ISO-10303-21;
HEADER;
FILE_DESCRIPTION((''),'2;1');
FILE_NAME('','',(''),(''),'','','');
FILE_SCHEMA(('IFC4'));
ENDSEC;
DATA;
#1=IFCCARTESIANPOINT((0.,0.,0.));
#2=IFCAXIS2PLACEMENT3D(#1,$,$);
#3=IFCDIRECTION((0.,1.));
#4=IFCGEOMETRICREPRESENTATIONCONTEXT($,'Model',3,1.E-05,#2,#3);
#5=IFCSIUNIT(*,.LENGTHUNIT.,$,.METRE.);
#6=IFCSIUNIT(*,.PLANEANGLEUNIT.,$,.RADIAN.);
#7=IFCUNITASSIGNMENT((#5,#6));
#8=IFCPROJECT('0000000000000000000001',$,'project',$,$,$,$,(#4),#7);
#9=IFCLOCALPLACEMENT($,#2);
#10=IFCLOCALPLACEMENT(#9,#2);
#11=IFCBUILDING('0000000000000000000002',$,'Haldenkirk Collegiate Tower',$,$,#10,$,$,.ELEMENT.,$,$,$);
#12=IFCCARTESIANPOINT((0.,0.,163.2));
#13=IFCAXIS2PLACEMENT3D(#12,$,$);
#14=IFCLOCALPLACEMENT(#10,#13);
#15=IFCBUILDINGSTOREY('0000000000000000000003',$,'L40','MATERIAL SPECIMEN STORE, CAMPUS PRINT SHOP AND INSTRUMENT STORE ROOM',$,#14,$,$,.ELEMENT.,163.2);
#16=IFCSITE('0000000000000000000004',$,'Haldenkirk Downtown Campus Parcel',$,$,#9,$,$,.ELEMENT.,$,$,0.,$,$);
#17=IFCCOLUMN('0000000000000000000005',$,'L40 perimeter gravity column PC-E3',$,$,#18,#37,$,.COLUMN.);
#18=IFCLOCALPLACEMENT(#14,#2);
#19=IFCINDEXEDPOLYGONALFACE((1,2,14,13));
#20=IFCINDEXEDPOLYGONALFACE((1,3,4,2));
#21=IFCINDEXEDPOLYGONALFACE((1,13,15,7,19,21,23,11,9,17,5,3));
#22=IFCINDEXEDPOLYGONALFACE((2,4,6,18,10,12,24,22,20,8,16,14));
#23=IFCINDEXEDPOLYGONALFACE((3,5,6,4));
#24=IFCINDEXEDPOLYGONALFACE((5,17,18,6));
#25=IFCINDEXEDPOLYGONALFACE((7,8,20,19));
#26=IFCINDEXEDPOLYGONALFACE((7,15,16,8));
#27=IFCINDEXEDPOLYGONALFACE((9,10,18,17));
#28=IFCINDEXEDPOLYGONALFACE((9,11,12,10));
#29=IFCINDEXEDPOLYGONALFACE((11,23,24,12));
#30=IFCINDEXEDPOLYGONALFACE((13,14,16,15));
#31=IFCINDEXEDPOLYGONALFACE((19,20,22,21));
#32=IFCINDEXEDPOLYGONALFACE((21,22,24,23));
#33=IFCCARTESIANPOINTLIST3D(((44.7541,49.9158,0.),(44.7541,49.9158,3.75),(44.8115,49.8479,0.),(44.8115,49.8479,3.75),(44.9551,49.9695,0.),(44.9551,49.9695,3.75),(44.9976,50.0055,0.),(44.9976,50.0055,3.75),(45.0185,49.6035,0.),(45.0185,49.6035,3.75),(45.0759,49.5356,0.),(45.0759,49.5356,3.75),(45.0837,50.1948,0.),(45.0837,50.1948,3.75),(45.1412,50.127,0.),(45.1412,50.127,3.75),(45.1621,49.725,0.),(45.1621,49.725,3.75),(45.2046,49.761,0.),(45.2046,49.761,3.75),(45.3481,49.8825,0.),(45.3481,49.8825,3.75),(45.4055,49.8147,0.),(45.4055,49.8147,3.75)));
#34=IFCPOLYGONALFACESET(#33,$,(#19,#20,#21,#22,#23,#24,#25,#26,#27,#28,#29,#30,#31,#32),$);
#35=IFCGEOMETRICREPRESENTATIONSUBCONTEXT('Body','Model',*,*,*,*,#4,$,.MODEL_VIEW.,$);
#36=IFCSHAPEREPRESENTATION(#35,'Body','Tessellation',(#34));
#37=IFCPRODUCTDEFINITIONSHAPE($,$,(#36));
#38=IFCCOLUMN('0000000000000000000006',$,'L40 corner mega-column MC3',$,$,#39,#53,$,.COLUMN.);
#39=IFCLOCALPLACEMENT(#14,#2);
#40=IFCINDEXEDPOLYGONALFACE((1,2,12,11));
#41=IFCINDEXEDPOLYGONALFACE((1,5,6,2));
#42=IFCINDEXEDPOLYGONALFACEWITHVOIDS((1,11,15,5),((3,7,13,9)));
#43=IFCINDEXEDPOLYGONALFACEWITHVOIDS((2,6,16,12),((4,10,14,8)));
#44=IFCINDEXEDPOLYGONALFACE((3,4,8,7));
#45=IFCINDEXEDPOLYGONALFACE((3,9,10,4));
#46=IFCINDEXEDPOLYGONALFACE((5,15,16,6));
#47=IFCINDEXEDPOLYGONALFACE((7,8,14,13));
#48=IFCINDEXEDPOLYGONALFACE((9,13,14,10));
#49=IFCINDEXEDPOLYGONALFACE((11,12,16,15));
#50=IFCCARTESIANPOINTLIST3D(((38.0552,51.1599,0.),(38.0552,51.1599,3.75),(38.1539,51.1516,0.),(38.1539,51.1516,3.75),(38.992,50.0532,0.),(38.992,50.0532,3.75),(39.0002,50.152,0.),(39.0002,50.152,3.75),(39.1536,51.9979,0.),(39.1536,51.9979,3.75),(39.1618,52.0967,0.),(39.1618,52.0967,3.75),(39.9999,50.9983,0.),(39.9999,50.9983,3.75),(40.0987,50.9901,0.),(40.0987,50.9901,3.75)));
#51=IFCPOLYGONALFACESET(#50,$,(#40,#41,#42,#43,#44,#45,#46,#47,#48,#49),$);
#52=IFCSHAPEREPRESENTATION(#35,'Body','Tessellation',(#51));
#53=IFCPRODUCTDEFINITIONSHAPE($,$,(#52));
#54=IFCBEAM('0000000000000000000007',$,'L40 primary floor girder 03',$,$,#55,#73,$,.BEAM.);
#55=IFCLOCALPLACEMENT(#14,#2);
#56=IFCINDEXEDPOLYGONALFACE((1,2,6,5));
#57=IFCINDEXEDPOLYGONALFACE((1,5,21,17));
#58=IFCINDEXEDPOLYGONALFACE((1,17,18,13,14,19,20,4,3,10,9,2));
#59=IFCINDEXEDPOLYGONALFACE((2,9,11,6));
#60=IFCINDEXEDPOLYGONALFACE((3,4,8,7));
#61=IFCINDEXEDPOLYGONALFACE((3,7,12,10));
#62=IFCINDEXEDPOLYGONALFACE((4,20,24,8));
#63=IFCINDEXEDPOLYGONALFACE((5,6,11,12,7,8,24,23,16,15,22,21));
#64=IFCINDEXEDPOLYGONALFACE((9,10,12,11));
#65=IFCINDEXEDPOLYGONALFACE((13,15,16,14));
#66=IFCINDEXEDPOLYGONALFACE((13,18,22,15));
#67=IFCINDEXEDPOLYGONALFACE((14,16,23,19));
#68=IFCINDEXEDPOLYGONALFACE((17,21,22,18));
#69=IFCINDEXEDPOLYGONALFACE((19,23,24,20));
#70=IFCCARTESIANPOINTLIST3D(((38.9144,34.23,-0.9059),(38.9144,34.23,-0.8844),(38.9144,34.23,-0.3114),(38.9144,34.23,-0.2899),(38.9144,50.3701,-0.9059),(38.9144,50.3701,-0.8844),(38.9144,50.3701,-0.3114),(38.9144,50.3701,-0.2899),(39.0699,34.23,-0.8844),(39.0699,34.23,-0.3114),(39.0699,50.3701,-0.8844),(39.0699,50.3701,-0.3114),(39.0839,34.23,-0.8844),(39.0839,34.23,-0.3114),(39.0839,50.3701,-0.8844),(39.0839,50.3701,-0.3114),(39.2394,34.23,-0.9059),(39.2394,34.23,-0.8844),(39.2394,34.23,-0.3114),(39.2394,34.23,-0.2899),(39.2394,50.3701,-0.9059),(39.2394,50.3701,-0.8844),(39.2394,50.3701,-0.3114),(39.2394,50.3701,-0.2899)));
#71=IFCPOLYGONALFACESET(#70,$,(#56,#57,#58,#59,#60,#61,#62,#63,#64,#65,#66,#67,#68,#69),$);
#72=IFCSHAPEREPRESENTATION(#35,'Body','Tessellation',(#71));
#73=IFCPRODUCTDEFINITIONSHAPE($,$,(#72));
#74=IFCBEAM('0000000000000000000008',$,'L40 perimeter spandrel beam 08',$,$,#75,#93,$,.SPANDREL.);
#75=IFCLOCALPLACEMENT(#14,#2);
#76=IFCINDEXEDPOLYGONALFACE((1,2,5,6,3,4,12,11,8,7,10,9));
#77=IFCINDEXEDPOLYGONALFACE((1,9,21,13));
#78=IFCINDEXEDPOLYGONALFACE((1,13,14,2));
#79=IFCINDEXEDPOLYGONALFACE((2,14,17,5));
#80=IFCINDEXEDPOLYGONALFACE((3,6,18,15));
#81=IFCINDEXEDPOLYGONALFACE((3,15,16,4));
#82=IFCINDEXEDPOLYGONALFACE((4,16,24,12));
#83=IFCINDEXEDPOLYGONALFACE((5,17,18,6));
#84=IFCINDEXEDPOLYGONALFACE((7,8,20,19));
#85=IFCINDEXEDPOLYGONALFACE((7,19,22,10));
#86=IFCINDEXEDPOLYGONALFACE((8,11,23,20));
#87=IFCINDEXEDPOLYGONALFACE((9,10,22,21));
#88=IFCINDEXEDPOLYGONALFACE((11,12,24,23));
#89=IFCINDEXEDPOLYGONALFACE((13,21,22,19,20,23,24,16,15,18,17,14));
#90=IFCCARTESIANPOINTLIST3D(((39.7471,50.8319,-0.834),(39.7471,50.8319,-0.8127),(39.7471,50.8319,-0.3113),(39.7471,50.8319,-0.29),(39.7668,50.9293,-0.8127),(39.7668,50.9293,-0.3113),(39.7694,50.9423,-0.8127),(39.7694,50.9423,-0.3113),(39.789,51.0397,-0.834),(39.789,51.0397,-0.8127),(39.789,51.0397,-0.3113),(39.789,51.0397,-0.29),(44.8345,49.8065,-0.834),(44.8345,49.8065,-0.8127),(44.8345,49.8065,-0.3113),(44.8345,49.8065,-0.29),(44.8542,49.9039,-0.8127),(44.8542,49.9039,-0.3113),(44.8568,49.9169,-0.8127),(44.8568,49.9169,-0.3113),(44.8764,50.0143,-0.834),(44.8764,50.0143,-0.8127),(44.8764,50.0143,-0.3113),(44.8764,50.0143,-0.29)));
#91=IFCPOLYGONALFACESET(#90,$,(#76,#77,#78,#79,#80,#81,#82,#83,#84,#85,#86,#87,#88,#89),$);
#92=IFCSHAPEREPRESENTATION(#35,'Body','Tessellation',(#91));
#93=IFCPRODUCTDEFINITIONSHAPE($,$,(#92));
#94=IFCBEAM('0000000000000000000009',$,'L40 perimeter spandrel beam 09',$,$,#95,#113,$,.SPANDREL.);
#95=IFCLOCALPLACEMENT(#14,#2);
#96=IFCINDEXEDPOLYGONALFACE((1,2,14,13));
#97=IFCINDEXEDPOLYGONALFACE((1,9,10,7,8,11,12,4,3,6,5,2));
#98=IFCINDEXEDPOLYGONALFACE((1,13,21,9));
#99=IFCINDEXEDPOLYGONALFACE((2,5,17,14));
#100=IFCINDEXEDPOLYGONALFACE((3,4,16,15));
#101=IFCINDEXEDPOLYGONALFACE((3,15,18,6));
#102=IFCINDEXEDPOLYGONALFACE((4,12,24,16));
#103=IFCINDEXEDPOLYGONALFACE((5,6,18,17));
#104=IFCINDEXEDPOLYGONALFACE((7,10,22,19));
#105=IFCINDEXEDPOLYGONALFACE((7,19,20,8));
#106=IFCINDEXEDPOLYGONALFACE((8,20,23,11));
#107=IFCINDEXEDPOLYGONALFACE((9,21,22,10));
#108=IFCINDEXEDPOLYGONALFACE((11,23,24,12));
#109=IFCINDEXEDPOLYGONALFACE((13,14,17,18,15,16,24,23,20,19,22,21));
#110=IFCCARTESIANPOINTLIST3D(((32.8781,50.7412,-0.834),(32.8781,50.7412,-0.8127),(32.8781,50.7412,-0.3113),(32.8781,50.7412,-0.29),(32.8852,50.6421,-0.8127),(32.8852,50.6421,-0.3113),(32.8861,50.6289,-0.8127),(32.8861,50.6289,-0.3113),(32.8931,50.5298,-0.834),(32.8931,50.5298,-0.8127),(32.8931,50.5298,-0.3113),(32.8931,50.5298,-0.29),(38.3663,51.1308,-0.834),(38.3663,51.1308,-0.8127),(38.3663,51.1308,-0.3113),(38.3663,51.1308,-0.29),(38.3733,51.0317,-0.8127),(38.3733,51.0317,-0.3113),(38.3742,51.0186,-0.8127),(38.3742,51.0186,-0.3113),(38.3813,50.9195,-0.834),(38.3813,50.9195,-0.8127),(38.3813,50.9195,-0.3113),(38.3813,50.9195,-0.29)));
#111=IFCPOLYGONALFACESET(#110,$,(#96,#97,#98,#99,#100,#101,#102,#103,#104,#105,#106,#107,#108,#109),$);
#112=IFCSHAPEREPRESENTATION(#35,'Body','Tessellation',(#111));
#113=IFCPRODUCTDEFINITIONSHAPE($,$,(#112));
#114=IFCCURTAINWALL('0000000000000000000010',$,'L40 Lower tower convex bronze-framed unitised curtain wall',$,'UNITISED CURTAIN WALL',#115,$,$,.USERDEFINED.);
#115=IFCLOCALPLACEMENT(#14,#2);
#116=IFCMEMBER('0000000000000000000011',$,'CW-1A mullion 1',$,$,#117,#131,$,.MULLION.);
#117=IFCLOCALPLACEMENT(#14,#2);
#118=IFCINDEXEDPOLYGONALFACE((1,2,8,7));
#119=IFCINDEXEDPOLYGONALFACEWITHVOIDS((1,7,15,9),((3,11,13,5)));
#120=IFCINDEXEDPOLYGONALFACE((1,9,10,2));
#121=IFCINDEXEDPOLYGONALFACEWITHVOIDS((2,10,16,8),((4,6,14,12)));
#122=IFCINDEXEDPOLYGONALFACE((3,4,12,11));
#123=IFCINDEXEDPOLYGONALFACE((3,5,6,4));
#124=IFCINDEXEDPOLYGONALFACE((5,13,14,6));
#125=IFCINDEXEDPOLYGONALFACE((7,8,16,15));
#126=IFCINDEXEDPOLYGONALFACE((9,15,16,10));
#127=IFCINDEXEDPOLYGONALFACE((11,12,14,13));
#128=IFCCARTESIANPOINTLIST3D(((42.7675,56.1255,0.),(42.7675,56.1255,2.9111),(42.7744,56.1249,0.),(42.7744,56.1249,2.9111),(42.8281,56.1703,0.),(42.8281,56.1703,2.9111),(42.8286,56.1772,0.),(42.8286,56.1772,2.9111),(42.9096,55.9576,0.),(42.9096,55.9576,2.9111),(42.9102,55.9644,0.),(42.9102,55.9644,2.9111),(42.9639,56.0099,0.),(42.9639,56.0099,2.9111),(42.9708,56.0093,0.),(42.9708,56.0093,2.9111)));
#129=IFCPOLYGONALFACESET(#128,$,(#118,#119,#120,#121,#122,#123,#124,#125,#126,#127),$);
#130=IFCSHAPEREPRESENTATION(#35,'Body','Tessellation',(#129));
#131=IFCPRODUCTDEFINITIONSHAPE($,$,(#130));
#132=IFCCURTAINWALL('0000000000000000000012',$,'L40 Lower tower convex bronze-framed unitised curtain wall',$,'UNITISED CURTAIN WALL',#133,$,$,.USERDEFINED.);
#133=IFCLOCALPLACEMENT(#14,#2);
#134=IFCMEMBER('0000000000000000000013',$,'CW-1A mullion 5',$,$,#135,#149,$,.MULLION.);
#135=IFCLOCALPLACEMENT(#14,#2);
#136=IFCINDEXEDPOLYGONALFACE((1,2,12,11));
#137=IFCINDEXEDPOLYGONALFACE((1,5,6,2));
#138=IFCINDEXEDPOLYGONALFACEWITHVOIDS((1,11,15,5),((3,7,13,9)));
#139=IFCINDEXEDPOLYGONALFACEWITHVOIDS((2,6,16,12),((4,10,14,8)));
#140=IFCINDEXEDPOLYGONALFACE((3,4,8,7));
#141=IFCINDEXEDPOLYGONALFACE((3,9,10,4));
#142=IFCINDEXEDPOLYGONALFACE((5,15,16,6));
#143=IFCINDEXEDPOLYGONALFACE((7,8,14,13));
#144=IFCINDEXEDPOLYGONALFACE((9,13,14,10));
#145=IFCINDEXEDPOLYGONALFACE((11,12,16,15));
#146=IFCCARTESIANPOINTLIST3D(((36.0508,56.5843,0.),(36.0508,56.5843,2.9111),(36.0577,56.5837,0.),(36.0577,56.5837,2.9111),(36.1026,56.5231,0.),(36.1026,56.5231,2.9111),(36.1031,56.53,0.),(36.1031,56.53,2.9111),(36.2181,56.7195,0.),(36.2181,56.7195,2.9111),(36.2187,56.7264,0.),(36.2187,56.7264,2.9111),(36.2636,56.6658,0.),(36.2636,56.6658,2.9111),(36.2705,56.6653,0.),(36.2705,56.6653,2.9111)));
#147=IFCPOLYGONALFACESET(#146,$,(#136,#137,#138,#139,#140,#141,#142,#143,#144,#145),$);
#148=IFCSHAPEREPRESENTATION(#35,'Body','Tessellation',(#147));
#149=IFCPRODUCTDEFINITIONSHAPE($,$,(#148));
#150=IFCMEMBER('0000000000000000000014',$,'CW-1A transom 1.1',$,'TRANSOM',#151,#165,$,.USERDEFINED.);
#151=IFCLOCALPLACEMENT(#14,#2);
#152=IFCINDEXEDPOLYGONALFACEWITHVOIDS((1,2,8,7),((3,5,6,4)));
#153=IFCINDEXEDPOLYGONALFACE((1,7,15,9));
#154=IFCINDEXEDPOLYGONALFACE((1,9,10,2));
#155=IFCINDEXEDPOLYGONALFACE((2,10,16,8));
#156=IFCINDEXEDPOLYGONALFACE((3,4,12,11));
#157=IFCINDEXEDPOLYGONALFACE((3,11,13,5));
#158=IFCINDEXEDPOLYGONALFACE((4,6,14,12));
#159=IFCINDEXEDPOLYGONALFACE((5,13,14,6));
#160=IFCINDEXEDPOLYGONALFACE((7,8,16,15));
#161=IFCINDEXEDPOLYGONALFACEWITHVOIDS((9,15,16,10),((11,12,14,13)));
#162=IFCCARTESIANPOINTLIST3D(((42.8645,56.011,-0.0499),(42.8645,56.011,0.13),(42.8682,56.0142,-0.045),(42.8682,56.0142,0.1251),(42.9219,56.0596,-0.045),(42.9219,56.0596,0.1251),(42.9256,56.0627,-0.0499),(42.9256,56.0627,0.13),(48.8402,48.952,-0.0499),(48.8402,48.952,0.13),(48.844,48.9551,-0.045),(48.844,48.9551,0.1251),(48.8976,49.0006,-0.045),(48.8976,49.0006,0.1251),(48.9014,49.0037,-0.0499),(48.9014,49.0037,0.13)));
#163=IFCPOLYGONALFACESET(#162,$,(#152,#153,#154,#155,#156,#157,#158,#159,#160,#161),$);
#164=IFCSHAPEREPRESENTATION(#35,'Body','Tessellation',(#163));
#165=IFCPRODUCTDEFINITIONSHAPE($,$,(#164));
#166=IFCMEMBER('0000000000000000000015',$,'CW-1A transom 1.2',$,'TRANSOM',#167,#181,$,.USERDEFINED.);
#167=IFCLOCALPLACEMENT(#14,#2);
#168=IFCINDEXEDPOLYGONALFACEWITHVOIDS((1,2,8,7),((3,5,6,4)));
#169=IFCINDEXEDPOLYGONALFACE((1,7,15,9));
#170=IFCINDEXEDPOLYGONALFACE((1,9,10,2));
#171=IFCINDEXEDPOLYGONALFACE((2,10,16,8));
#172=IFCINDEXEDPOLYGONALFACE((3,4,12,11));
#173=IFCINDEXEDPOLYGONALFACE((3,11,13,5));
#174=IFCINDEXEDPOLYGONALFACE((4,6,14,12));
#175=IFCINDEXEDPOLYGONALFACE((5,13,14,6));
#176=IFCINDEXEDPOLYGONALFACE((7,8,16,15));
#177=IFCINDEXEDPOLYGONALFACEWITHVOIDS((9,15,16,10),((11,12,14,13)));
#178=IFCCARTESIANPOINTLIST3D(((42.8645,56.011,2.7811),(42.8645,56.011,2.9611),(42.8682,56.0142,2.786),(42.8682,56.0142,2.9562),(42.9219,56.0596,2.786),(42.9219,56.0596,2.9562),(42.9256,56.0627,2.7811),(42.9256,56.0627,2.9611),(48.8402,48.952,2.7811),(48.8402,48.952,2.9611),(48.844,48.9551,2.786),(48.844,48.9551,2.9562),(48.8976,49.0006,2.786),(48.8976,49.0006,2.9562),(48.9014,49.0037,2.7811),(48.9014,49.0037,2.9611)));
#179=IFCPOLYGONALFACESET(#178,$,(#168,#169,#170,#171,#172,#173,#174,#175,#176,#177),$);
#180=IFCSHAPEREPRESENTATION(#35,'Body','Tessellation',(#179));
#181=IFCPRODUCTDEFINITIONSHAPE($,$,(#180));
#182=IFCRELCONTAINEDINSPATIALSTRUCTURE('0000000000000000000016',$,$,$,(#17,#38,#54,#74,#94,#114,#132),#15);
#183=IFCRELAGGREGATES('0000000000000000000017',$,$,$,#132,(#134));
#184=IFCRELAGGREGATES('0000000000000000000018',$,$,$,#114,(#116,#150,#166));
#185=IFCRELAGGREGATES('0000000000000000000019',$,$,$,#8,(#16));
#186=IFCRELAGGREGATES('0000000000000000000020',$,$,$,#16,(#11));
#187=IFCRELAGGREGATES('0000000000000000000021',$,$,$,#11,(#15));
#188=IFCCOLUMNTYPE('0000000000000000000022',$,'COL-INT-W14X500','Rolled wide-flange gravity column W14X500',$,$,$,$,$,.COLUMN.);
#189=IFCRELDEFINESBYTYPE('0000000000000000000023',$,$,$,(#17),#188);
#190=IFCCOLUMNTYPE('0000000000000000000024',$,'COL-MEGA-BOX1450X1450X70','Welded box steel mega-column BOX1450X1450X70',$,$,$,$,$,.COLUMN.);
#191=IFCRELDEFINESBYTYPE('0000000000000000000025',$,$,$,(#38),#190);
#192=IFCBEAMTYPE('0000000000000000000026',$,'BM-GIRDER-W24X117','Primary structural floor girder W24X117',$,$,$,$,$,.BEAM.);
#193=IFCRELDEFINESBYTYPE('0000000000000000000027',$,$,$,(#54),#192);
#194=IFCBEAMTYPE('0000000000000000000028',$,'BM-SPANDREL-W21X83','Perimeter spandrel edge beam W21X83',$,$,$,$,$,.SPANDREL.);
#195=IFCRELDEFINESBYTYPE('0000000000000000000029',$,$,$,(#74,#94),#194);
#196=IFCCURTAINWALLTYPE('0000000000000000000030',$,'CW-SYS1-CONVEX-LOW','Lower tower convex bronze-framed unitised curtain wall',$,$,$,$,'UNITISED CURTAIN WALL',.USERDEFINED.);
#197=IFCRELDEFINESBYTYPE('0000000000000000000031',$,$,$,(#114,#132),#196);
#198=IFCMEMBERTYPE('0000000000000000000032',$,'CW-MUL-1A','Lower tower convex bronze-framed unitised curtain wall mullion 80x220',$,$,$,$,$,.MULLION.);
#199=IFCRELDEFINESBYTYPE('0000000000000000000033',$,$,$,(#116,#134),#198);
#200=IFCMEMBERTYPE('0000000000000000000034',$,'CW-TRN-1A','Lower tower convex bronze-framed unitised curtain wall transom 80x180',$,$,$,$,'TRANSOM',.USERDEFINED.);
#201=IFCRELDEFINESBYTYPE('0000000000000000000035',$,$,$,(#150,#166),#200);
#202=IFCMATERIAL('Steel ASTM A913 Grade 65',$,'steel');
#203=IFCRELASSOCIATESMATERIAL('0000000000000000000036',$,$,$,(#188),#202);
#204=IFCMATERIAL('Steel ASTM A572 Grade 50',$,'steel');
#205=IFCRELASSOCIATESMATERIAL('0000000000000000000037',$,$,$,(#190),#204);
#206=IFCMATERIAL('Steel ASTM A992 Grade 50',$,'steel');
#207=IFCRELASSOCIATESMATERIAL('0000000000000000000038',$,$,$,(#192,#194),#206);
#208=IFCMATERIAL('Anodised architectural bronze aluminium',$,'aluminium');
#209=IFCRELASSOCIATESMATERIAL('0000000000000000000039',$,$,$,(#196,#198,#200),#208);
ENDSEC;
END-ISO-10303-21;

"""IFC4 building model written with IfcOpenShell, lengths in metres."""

from ifc_helpers import new_model, si_unit, direction, frame, origin, origin_2d, place, context, subcontext, project, spatial, hollow_rectangle, i_section, extrude, material, material_profile, profile_set, type_object, element, aggregate, save


model = new_model("IFC4")

# Units and contexts
model_context = context("Model", 3, precision=1e-05, world=origin(), true_north=direction((0.0, 1.0)))
body_context = subcontext(model_context, "Body", "Model", "MODEL_VIEW")
ifc_project = project(units=[si_unit("LENGTHUNIT", "METRE"), si_unit("PLANEANGLEUNIT", "RADIAN")], contexts=[model_context])

# Site, building, storey
site_placement = place(None, origin())
site = spatial("IfcSite", under=ifc_project, at=site_placement, Name="Haldenkirk Downtown Campus Parcel", CompositionType="ELEMENT", RefElevation=0.0)
building_placement = place(site_placement, origin())
building = spatial("IfcBuilding", under=site, at=building_placement, Name="Haldenkirk Collegiate Tower", CompositionType="ELEMENT")
storey_placement = place(building_placement, frame((0.0, 0.0, 163.2)))
storey = spatial("IfcBuildingStorey", under=building, at=storey_placement, Name="L40", Description="MATERIAL SPECIMEN STORE, CAMPUS PRINT SHOP AND INSTRUMENT STORE ROOM", CompositionType="ELEMENT", Elevation=163.2)

# Columns
ifc_material_1 = material(Name="Steel ASTM A913 Grade 65", Category="steel")
ifc_material_profile_1 = material_profile(ifc_material_1, i_section(OverallWidth=0.4319, OverallDepth=0.498, WebThickness=0.0557, FlangeThickness=0.0889, at=origin_2d()), Name="W14X500")
ifc_profile_set_1 = profile_set([ifc_material_profile_1], Name="Steel ASTM A913 Grade 65")
column_type_1 = type_object("IfcColumnType", Name="COL-INT-W14X500", Description="Rolled wide-flange gravity column W14X500", PredefinedType="COLUMN", material=ifc_profile_set_1)
column_1_placement = place(storey_placement, frame((45.0798, 49.8652, 0.0), z_axis=(0.0, 0.0, 1.0), x_axis=(0.763232, 0.646124, 0.0)))
element("IfcColumn", 1, at=column_1_placement, inside=storey, type_object=column_type_1, Name="L40 perimeter gravity column PC-E3", PredefinedType="COLUMN", context=body_context, shape_type="SweptSolid", body=[
    extrude(i_section(OverallWidth=0.4319, OverallDepth=0.498, WebThickness=0.0557, FlangeThickness=0.0889, at=origin_2d()), origin(), (0.0, 0.0, 1.0), 3.75),
])
ifc_material_2 = material(Name="Steel ASTM A572 Grade 50", Category="steel")
ifc_material_profile_2 = material_profile(ifc_material_2, hollow_rectangle(XDim=1.45, YDim=1.45, WallThickness=0.0701, at=origin_2d()), Name="BOX1450X1450X70")
ifc_profile_set_2 = profile_set([ifc_material_profile_2], Name="Steel ASTM A572 Grade 50")
column_type_2 = type_object("IfcColumnType", Name="COL-MEGA-BOX1450X1450X70", Description="Welded box steel mega-column BOX1450X1450X70", PredefinedType="COLUMN", material=ifc_profile_set_2)
column_2_placement = place(storey_placement, frame((39.0769, 51.075, 0.0), z_axis=(0.0, 0.0, 1.0), x_axis=(0.763232, 0.646124, 0.0)))
element("IfcColumn", 2, at=column_2_placement, inside=storey, type_object=column_type_2, Name="L40 corner mega-column MC3", PredefinedType="COLUMN", context=body_context, shape_type="SweptSolid", body=[
    extrude(hollow_rectangle(XDim=1.45, YDim=1.45, WallThickness=0.0701, at=origin_2d()), origin(), (0.0, 0.0, 1.0), 3.75),
])

# Beams
ifc_material_3 = material(Name="Steel ASTM A992 Grade 50", Category="steel")
ifc_material_profile_3 = material_profile(ifc_material_3, i_section(OverallWidth=0.325, OverallDepth=0.616, WebThickness=0.0139, FlangeThickness=0.0215, at=origin_2d()), Name="W24X117")
ifc_profile_set_3 = profile_set([ifc_material_profile_3], Name="Steel ASTM A992 Grade 50")
beam_type_1 = type_object("IfcBeamType", Name="BM-GIRDER-W24X117", Description="Primary structural floor girder W24X117", PredefinedType="BEAM", material=ifc_profile_set_3)
beam_1_placement = place(storey_placement, frame((39.0769, 50.3701, -0.5979), z_axis=(0.0, -1.0, 0.0), x_axis=(1.0, 0.0, 0.0)))
element("IfcBeam", 3, at=beam_1_placement, inside=storey, type_object=beam_type_1, Name="L40 primary floor girder 03", PredefinedType="BEAM", context=body_context, shape_type="SweptSolid", body=[
    extrude(i_section(OverallWidth=0.325, OverallDepth=0.616, WebThickness=0.0139, FlangeThickness=0.0215, at=origin_2d()), origin(), (0.0, 0.0, 1.0), 16.1401),
])
ifc_material_profile_4 = material_profile(ifc_material_3, i_section(OverallWidth=0.2119, OverallDepth=0.5439, WebThickness=0.0132, FlangeThickness=0.0212, at=origin_2d()), Name="W21X83")
ifc_profile_set_4 = profile_set([ifc_material_profile_4], Name="Steel ASTM A992 Grade 50")
beam_type_2 = type_object("IfcBeamType", Name="BM-SPANDREL-W21X83", Description="Perimeter spandrel edge beam W21X83", PredefinedType="SPANDREL", material=ifc_profile_set_4)
beam_2_placement = place(storey_placement, frame((44.8555, 49.9104, -0.562), z_axis=(-0.980286, 0.197581, 0.0), x_axis=(-0.197581, -0.980286, 0.0)))
element("IfcBeam", 4, at=beam_2_placement, inside=storey, type_object=beam_type_2, Name="L40 perimeter spandrel beam 08", PredefinedType="SPANDREL", context=body_context, shape_type="SweptSolid", body=[
    extrude(i_section(OverallWidth=0.2119, OverallDepth=0.5439, WebThickness=0.0132, FlangeThickness=0.0212, at=origin_2d()), origin(), (0.0, 0.0, 1.0), 5.1897),
])
beam_3_placement = place(storey_placement, frame((38.3738, 51.0251, -0.562), z_axis=(-0.997489, -0.070821, 0.0), x_axis=(0.070821, -0.997489, 0.0)))
element("IfcBeam", 5, at=beam_3_placement, inside=storey, type_object=beam_type_2, Name="L40 perimeter spandrel beam 09", PredefinedType="SPANDREL", context=body_context, shape_type="SweptSolid", body=[
    extrude(i_section(OverallWidth=0.2119, OverallDepth=0.5439, WebThickness=0.0132, FlangeThickness=0.0212, at=origin_2d()), origin(), (0.0, 0.0, 1.0), 5.502),
])

# Curtain walls, members
ifc_material_4 = material(Name="Anodised architectural bronze aluminium", Category="aluminium")
curtain_wall_type = type_object("IfcCurtainWallType", Name="CW-SYS1-CONVEX-LOW", Description="Lower tower convex bronze-framed unitised curtain wall", ElementType="UNITISED CURTAIN WALL", PredefinedType="USERDEFINED", material=ifc_material_4)
curtain_wall_1_placement = place(storey_placement, origin())
curtain_wall_1 = element("IfcCurtainWall", 6, at=curtain_wall_1_placement, inside=storey, type_object=curtain_wall_type, Name="L40 Lower tower convex bronze-framed unitised curtain wall", ObjectType="UNITISED CURTAIN WALL", PredefinedType="USERDEFINED")
ifc_material_profile_5 = material_profile(ifc_material_4, hollow_rectangle(XDim=0.0801, YDim=0.22, WallThickness=0.0049, at=origin_2d()), Name="CW-MUL-1A")
ifc_profile_set_5 = profile_set([ifc_material_profile_5], Name="Anodised architectural bronze aluminium")
member_type_1 = type_object("IfcMemberType", Name="CW-MUL-1A", Description="Lower tower convex bronze-framed unitised curtain wall mullion 80x220", PredefinedType="MULLION", material=ifc_profile_set_5)
member_1_placement = place(storey_placement, frame((42.8691, 56.0674, 0.0), z_axis=(0.0, 0.0, 1.0), x_axis=(0.763233, 0.646123, 0.0)))
member_1 = element("IfcMember", 7, at=member_1_placement, type_object=member_type_1, Name="CW-1A mullion 1", PredefinedType="MULLION", context=body_context, shape_type="SweptSolid", body=[
    extrude(hollow_rectangle(XDim=0.0801, YDim=0.22, WallThickness=0.0049, at=origin_2d()), origin(), (0.0, 0.0, 1.0), 2.9111),
])
curtain_wall_2_placement = place(storey_placement, origin())
curtain_wall_2 = element("IfcCurtainWall", 8, at=curtain_wall_2_placement, inside=storey, type_object=curtain_wall_type, Name="L40 Lower tower convex bronze-framed unitised curtain wall", ObjectType="UNITISED CURTAIN WALL", PredefinedType="USERDEFINED")
member_2_placement = place(storey_placement, frame((36.1606, 56.6248, 0.0), z_axis=(0.0, 0.0, 1.0), x_axis=(-0.646124, 0.763232, 0.0)))
member_2 = element("IfcMember", 9, at=member_2_placement, type_object=member_type_1, Name="CW-1A mullion 5", PredefinedType="MULLION", context=body_context, shape_type="SweptSolid", body=[
    extrude(hollow_rectangle(XDim=0.0801, YDim=0.22, WallThickness=0.0049, at=origin_2d()), origin(), (0.0, 0.0, 1.0), 2.9111),
])
aggregate(curtain_wall_2, [member_2])

# Members
ifc_material_profile_6 = material_profile(ifc_material_4, hollow_rectangle(XDim=0.0801, YDim=0.1799, WallThickness=0.0049, at=origin_2d()), Name="CW-TRN-1A")
ifc_profile_set_6 = profile_set([ifc_material_profile_6], Name="Anodised architectural bronze aluminium")
member_type_2 = type_object("IfcMemberType", Name="CW-TRN-1A", Description="Lower tower convex bronze-framed unitised curtain wall transom 80x180", ElementType="TRANSOM", PredefinedType="USERDEFINED", material=ifc_profile_set_6)
member_3_placement = place(storey_placement, frame((42.895, 56.0369, 0.04), z_axis=(0.646116, -0.763239, 0.0), x_axis=(0.763239, 0.646116, 0.0)))
member_3 = element("IfcMember", 10, at=member_3_placement, type_object=member_type_2, Name="CW-1A transom 1.1", ObjectType="TRANSOM", PredefinedType="USERDEFINED", context=body_context, shape_type="SweptSolid", body=[
    extrude(hollow_rectangle(XDim=0.0801, YDim=0.1799, WallThickness=0.0049, at=origin_2d()), origin(), (0.0, 0.0, 1.0), 9.2488),
])
member_4_placement = place(storey_placement, frame((42.895, 56.0369, 2.8711), z_axis=(0.646116, -0.763239, 0.0), x_axis=(0.763239, 0.646116, 0.0)))
member_4 = element("IfcMember", 11, at=member_4_placement, type_object=member_type_2, Name="CW-1A transom 1.2", ObjectType="TRANSOM", PredefinedType="USERDEFINED", context=body_context, shape_type="SweptSolid", body=[
    extrude(hollow_rectangle(XDim=0.0801, YDim=0.1799, WallThickness=0.0049, at=origin_2d()), origin(), (0.0, 0.0, 1.0), 9.2488),
])
aggregate(curtain_wall_1, [member_1, member_3, member_4])

save(model, "model.ifc")
